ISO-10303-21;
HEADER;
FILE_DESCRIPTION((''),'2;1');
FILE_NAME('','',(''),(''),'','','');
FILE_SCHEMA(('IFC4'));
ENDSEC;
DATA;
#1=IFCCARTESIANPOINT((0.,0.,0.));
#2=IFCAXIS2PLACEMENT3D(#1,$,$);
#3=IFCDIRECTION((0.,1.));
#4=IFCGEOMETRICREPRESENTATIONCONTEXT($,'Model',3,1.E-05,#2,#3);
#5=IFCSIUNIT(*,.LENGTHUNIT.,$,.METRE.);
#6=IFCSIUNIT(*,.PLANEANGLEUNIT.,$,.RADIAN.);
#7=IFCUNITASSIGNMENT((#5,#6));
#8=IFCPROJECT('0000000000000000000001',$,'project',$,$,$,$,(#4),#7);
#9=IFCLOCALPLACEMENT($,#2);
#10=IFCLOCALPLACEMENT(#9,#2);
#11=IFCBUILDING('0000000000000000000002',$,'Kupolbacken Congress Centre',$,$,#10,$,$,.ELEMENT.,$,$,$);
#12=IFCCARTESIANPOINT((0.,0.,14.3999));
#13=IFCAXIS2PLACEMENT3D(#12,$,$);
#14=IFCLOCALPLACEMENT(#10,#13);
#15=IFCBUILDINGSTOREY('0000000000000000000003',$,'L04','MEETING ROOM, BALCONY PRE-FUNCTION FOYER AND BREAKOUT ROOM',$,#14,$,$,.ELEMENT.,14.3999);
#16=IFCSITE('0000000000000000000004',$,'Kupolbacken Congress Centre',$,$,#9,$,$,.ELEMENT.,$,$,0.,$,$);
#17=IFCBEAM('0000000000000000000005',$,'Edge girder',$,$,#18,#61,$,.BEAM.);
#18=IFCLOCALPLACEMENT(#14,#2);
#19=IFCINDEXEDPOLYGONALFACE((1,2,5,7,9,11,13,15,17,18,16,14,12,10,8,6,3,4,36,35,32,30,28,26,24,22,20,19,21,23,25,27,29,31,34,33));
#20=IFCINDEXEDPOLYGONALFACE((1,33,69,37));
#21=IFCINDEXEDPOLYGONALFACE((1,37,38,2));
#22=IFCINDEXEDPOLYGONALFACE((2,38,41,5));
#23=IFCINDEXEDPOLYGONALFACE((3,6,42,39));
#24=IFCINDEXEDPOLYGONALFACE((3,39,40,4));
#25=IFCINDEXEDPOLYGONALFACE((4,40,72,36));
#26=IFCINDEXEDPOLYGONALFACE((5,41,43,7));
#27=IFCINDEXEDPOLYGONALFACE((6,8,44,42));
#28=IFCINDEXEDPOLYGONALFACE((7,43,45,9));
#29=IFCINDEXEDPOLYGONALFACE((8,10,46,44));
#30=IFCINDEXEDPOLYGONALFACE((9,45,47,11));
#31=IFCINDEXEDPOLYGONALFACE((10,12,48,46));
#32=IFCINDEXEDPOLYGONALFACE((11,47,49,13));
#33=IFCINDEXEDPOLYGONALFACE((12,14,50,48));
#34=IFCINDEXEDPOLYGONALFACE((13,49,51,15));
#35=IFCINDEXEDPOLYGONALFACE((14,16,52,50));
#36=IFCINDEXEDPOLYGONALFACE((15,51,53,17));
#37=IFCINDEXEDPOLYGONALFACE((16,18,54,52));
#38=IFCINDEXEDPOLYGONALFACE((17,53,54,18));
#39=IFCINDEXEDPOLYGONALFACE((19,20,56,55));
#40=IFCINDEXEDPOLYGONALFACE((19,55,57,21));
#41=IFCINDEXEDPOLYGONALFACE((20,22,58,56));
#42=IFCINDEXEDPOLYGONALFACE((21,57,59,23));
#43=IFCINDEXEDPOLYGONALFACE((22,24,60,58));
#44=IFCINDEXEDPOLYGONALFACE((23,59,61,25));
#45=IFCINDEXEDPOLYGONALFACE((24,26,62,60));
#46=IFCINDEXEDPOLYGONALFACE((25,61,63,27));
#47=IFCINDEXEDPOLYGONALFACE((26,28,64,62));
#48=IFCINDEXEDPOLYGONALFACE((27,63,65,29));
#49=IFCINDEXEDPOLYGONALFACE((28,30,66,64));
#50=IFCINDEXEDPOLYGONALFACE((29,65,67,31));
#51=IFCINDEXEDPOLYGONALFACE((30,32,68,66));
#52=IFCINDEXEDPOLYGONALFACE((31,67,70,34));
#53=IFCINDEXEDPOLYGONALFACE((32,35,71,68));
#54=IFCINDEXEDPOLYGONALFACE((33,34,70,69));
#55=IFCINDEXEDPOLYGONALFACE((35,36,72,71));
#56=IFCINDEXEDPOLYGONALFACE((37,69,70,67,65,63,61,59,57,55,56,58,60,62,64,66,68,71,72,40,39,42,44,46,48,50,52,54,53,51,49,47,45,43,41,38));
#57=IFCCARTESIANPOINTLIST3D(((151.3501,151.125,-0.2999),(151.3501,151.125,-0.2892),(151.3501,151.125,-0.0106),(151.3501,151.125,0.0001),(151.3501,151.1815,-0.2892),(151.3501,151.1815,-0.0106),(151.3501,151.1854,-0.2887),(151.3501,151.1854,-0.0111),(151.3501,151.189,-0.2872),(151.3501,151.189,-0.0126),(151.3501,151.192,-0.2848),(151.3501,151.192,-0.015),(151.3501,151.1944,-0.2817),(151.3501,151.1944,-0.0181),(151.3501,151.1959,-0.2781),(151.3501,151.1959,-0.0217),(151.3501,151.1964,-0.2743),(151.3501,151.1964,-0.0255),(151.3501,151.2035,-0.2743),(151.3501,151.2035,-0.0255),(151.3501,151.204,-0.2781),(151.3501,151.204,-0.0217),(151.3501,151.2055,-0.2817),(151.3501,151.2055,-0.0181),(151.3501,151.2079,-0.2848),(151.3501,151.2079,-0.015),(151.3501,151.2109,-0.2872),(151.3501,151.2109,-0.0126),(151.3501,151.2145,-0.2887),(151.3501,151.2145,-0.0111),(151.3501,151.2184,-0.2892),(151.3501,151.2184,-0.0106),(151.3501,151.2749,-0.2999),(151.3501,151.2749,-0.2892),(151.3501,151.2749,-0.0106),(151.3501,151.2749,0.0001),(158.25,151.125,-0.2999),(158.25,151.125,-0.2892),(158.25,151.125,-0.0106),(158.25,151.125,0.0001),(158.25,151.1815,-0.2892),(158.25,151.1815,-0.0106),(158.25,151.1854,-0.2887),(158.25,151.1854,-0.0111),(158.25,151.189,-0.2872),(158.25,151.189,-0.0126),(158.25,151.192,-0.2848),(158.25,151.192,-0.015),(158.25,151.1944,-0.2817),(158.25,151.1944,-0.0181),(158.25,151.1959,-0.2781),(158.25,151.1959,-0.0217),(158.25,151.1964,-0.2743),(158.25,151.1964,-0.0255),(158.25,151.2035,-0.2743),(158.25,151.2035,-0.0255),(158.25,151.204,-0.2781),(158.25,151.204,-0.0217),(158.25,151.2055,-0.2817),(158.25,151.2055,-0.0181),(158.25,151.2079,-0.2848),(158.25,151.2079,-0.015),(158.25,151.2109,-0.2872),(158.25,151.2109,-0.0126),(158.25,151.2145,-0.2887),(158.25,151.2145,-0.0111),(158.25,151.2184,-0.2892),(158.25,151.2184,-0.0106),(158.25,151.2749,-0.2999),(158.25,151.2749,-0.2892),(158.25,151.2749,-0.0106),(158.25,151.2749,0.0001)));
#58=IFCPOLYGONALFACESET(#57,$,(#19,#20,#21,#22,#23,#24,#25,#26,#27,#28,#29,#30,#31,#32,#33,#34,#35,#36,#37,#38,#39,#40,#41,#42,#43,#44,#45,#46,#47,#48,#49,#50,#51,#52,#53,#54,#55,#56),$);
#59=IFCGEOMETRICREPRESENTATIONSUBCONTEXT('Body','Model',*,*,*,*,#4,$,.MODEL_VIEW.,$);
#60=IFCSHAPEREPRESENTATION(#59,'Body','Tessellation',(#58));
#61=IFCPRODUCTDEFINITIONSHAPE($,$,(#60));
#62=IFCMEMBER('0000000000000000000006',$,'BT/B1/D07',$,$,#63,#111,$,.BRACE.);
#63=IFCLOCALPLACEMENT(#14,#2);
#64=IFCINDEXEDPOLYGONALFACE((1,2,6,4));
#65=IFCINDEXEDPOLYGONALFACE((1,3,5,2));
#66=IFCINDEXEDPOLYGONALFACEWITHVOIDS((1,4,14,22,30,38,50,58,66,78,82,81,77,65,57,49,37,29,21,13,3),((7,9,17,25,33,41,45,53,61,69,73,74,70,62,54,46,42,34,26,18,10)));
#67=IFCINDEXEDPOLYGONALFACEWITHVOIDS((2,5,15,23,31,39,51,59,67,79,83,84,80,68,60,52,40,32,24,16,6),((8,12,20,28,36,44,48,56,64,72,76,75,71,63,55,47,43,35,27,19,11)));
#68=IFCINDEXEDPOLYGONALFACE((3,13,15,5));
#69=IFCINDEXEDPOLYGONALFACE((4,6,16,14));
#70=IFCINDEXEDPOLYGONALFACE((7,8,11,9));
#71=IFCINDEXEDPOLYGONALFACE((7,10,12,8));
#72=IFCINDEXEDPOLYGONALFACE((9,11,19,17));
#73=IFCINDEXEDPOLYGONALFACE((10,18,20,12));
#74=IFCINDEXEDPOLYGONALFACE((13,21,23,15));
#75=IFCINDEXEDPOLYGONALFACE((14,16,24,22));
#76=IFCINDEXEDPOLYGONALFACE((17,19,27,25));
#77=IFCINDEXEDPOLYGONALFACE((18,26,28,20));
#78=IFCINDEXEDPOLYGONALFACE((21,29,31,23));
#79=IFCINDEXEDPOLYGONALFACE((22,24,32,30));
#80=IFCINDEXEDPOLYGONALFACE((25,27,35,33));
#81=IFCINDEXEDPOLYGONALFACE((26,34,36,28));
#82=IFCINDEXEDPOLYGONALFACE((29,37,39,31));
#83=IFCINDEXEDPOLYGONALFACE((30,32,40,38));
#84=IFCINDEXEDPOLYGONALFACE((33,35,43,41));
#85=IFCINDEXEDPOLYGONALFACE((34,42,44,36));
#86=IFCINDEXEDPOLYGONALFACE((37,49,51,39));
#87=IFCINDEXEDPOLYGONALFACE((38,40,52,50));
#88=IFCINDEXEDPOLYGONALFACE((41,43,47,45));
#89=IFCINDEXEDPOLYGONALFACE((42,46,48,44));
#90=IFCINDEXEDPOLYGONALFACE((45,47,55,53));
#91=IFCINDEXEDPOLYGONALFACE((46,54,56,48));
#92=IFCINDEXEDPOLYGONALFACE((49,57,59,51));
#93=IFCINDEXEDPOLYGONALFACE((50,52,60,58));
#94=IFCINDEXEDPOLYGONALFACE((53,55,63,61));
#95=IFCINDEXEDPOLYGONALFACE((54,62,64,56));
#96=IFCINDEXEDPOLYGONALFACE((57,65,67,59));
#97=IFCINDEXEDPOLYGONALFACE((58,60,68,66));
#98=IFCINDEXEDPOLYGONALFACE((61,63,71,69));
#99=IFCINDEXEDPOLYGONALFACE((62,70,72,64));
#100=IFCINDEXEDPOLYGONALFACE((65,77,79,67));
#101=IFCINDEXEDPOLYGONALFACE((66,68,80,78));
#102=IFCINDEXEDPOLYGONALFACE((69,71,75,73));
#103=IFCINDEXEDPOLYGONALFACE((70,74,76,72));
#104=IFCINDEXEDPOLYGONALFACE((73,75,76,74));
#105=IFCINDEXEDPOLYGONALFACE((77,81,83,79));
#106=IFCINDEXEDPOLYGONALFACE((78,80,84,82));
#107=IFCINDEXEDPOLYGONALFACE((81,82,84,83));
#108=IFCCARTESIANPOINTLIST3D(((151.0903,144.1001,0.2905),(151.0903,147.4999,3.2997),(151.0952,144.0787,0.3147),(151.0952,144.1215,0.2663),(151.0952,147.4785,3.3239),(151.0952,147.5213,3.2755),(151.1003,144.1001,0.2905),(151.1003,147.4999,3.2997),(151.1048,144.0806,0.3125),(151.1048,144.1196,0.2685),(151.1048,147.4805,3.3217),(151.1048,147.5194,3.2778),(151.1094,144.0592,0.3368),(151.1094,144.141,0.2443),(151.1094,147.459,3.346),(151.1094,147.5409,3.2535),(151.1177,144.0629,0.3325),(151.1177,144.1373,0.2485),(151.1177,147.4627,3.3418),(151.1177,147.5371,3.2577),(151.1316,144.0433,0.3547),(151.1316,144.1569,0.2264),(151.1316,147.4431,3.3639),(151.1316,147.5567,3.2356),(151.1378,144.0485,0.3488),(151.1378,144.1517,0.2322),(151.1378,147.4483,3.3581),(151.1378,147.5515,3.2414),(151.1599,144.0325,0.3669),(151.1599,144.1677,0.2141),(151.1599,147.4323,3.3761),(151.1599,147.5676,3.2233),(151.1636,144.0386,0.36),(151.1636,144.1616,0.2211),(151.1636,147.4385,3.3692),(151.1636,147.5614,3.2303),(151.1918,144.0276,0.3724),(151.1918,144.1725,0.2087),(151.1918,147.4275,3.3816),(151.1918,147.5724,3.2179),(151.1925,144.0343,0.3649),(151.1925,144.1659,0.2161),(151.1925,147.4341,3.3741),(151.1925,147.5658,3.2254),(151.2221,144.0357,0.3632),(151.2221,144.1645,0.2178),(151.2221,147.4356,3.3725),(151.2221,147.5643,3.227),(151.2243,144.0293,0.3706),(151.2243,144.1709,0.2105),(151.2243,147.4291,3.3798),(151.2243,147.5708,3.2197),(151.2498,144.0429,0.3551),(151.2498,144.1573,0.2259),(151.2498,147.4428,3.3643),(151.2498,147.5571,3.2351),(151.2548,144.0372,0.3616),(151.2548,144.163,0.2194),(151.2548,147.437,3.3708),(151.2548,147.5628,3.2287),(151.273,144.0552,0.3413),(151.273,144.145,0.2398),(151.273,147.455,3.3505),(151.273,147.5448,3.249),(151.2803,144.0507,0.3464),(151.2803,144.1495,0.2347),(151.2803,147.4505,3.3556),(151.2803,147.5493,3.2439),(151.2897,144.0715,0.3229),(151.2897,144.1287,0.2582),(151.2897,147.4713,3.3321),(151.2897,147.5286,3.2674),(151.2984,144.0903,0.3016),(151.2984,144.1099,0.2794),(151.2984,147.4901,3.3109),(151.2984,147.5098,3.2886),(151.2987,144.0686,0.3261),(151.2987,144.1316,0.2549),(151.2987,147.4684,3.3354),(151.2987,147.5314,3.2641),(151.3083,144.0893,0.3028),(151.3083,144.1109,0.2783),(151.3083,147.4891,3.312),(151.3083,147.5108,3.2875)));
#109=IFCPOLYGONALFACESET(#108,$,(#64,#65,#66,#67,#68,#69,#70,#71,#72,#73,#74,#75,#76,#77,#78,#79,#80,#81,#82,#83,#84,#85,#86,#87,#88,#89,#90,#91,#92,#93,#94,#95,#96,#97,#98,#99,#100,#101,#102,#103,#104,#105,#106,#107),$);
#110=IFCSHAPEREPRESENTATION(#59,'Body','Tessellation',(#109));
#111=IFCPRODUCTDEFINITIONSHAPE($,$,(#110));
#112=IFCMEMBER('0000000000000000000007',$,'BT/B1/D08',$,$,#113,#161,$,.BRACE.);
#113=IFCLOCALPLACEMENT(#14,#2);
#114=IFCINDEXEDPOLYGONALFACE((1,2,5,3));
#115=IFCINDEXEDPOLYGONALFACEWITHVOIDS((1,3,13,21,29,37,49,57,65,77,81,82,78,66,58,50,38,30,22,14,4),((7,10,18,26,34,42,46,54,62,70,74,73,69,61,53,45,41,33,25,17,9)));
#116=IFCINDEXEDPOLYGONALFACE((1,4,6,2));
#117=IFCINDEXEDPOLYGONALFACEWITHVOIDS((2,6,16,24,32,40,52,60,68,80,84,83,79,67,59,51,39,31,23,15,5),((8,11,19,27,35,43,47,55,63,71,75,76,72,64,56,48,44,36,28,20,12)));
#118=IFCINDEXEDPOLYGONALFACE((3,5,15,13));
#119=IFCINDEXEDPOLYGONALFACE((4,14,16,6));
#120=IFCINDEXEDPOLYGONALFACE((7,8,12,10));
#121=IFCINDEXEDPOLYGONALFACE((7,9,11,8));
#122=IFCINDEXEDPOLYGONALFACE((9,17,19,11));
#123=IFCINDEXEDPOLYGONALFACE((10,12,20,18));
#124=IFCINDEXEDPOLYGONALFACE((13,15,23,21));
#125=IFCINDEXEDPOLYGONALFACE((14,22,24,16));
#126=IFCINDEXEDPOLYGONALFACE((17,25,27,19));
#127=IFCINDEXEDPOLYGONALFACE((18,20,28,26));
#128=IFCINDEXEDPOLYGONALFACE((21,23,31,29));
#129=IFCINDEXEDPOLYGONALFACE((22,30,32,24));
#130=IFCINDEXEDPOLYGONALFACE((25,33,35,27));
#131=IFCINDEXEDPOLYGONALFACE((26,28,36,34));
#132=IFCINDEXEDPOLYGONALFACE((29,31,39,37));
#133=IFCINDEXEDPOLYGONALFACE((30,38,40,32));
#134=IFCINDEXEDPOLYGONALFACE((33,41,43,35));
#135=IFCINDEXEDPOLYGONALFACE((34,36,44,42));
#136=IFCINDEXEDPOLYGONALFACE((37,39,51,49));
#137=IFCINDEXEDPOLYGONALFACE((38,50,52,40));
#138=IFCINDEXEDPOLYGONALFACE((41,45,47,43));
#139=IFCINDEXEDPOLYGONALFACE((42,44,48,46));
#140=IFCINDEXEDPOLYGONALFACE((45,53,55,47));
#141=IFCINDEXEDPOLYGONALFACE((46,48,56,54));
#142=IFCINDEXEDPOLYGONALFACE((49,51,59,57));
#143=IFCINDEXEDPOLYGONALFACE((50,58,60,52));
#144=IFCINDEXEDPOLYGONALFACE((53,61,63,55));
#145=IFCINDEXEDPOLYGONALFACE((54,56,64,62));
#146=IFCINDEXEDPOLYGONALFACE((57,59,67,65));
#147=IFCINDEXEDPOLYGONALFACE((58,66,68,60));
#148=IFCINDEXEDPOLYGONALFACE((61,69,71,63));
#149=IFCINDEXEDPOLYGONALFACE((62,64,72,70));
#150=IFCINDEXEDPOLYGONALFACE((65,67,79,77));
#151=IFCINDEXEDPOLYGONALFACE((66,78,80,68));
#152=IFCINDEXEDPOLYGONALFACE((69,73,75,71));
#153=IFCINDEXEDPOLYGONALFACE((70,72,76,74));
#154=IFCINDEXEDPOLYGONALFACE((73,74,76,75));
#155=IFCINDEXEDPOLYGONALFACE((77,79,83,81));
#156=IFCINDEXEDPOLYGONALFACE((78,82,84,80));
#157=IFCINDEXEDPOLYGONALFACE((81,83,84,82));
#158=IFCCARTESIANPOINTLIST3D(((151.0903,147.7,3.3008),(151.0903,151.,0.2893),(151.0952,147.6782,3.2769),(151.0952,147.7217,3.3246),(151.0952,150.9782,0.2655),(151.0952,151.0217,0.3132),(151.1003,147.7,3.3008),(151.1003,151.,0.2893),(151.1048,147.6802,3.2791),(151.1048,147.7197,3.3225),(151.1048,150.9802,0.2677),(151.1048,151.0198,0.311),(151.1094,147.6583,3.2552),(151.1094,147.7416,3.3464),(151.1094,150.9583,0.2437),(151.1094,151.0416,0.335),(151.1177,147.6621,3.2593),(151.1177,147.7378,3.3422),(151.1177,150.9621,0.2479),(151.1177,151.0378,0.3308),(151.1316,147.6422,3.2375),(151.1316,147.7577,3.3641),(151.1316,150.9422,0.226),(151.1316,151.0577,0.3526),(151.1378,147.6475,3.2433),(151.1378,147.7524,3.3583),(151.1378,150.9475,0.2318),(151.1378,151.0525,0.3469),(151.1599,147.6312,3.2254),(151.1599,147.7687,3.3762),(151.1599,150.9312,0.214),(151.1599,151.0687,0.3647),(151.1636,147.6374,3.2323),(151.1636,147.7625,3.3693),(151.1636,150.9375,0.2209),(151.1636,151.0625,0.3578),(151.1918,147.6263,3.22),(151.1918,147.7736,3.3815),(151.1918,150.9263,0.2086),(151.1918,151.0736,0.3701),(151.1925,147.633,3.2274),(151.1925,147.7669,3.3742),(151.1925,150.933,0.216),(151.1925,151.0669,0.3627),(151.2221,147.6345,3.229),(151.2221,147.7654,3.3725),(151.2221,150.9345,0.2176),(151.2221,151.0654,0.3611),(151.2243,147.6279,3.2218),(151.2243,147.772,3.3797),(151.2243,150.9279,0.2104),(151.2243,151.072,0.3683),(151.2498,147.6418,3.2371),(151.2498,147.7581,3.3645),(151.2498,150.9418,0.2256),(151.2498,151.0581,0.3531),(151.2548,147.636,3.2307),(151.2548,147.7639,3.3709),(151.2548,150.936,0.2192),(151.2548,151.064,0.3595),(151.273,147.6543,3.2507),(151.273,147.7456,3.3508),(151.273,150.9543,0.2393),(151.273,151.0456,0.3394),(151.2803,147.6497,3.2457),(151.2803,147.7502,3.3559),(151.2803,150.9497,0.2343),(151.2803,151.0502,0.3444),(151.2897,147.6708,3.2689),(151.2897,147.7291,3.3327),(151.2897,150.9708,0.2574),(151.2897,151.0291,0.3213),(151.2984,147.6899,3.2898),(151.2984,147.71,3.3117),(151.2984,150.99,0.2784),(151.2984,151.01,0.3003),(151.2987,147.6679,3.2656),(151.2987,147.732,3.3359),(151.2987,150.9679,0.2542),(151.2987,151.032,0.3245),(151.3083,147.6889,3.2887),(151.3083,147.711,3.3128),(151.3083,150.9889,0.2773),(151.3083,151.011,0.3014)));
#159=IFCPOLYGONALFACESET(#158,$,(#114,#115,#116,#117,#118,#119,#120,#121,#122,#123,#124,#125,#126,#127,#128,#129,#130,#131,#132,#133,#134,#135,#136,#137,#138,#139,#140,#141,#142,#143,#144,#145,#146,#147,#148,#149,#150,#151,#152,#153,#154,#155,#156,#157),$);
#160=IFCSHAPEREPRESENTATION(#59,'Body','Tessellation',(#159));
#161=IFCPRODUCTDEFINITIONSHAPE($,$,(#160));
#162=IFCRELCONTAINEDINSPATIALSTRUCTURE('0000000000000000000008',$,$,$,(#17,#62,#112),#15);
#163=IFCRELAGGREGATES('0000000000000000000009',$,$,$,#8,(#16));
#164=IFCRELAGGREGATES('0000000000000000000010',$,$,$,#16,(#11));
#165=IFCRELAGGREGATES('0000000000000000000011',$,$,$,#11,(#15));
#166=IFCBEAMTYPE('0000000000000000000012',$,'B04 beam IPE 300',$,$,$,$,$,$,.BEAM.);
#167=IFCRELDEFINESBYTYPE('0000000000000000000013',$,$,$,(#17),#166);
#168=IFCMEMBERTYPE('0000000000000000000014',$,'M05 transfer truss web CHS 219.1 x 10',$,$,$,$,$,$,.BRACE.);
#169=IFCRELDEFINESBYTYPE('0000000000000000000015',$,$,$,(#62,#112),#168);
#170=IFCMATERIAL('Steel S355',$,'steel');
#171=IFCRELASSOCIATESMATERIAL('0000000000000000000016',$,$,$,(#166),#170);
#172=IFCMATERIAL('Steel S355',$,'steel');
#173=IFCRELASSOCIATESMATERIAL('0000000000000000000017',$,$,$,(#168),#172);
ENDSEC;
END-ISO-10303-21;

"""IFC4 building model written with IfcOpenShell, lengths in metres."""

from ifc_helpers import new_model, si_unit, direction, frame, origin, origin_2d, place, context, subcontext, project, spatial, hollow_circle, i_section, extrude, material, material_profile, profile_set, type_object, element, save


model = new_model("IFC4")

# Units and contexts
model_context = context("Model", 3, precision=1e-05, world=origin(), true_north=direction((0.0, 1.0)))
body_context = subcontext(model_context, "Body", "Model", "MODEL_VIEW")
ifc_project = project(units=[si_unit("LENGTHUNIT", "METRE"), si_unit("PLANEANGLEUNIT", "RADIAN")], contexts=[model_context])

# Site, building, storey
site_placement = place(None, origin())
site = spatial("IfcSite", under=ifc_project, at=site_placement, Name="Kupolbacken Congress Centre", CompositionType="ELEMENT", RefElevation=0.0)
building_placement = place(site_placement, origin())
building = spatial("IfcBuilding", under=site, at=building_placement, Name="Kupolbacken Congress Centre", CompositionType="ELEMENT")
storey_placement = place(building_placement, frame((0.0, 0.0, 14.3999)))
storey = spatial("IfcBuildingStorey", under=building, at=storey_placement, Name="L04", Description="MEETING ROOM, BALCONY PRE-FUNCTION FOYER AND BREAKOUT ROOM", CompositionType="ELEMENT", Elevation=14.3999)

# Beam
ifc_material_1 = material(Name="Steel S355", Category="steel")
ifc_material_profile_1 = material_profile(ifc_material_1, i_section(OverallWidth=0.1499, OverallDepth=0.3, WebThickness=0.0071, FlangeThickness=0.0107, FilletRadius=0.0149, at=origin_2d()), Name="IPE 300")
ifc_profile_set_1 = profile_set([ifc_material_profile_1], Name="Steel S355")
beam_type = type_object("IfcBeamType", Name="B04 beam IPE 300", PredefinedType="BEAM", material=ifc_profile_set_1)
beam_placement = place(storey_placement, frame((151.3501, 151.2, -0.1499), z_axis=(1.0, 0.0, 0.0), x_axis=(0.0, 1.0, 0.0)))
element("IfcBeam", 1, at=beam_placement, inside=storey, type_object=beam_type, Name="Edge girder", PredefinedType="BEAM", context=body_context, shape_type="SweptSolid", body=[
    extrude(i_section(OverallWidth=0.1499, OverallDepth=0.3, WebThickness=0.0071, FlangeThickness=0.0107, FilletRadius=0.0149, at=origin_2d()), origin(), (0.0, 0.0, 1.0), 6.8999),
])

# Members
ifc_material_2 = material(Name="Steel S355", Category="steel")
ifc_material_profile_2 = material_profile(ifc_material_2, hollow_circle(Radius=0.1096, WallThickness=0.01, at=origin_2d()), Name="CHS 219.1 x 10")
ifc_profile_set_2 = profile_set([ifc_material_profile_2], Name="Steel S355")
member_type_1 = type_object("IfcMemberType", Name="M05 transfer truss web CHS 219.1 x 10", PredefinedType="BRACE", material=ifc_profile_set_2)
member_1_placement = place(storey_placement, frame((151.2, 144.1001, 0.2905), z_axis=(0.0, 0.748814, 0.66278), x_axis=(-1.0, 0.0, 0.0)))
element("IfcMember", 2, at=member_1_placement, inside=storey, type_object=member_type_1, Name="BT/B1/D07", PredefinedType="BRACE", context=body_context, shape_type="SweptSolid", body=[
    extrude(hollow_circle(Radius=0.1096, WallThickness=0.01, at=origin_2d()), origin(), (0.0, 0.0, 1.0), 4.5403),
])
member_2_placement = place(storey_placement, frame((151.2, 147.7, 3.3008), z_axis=(0.0, 0.738665, -0.674072), x_axis=(-1.0, 0.0, 0.0)))
element("IfcMember", 3, at=member_2_placement, inside=storey, type_object=member_type_1, Name="BT/B1/D08", PredefinedType="BRACE", context=body_context, shape_type="SweptSolid", body=[
    extrude(hollow_circle(Radius=0.1096, WallThickness=0.01, at=origin_2d()), origin(), (0.0, 0.0, 1.0), 4.4675),
])

save(model, "model.ifc")
